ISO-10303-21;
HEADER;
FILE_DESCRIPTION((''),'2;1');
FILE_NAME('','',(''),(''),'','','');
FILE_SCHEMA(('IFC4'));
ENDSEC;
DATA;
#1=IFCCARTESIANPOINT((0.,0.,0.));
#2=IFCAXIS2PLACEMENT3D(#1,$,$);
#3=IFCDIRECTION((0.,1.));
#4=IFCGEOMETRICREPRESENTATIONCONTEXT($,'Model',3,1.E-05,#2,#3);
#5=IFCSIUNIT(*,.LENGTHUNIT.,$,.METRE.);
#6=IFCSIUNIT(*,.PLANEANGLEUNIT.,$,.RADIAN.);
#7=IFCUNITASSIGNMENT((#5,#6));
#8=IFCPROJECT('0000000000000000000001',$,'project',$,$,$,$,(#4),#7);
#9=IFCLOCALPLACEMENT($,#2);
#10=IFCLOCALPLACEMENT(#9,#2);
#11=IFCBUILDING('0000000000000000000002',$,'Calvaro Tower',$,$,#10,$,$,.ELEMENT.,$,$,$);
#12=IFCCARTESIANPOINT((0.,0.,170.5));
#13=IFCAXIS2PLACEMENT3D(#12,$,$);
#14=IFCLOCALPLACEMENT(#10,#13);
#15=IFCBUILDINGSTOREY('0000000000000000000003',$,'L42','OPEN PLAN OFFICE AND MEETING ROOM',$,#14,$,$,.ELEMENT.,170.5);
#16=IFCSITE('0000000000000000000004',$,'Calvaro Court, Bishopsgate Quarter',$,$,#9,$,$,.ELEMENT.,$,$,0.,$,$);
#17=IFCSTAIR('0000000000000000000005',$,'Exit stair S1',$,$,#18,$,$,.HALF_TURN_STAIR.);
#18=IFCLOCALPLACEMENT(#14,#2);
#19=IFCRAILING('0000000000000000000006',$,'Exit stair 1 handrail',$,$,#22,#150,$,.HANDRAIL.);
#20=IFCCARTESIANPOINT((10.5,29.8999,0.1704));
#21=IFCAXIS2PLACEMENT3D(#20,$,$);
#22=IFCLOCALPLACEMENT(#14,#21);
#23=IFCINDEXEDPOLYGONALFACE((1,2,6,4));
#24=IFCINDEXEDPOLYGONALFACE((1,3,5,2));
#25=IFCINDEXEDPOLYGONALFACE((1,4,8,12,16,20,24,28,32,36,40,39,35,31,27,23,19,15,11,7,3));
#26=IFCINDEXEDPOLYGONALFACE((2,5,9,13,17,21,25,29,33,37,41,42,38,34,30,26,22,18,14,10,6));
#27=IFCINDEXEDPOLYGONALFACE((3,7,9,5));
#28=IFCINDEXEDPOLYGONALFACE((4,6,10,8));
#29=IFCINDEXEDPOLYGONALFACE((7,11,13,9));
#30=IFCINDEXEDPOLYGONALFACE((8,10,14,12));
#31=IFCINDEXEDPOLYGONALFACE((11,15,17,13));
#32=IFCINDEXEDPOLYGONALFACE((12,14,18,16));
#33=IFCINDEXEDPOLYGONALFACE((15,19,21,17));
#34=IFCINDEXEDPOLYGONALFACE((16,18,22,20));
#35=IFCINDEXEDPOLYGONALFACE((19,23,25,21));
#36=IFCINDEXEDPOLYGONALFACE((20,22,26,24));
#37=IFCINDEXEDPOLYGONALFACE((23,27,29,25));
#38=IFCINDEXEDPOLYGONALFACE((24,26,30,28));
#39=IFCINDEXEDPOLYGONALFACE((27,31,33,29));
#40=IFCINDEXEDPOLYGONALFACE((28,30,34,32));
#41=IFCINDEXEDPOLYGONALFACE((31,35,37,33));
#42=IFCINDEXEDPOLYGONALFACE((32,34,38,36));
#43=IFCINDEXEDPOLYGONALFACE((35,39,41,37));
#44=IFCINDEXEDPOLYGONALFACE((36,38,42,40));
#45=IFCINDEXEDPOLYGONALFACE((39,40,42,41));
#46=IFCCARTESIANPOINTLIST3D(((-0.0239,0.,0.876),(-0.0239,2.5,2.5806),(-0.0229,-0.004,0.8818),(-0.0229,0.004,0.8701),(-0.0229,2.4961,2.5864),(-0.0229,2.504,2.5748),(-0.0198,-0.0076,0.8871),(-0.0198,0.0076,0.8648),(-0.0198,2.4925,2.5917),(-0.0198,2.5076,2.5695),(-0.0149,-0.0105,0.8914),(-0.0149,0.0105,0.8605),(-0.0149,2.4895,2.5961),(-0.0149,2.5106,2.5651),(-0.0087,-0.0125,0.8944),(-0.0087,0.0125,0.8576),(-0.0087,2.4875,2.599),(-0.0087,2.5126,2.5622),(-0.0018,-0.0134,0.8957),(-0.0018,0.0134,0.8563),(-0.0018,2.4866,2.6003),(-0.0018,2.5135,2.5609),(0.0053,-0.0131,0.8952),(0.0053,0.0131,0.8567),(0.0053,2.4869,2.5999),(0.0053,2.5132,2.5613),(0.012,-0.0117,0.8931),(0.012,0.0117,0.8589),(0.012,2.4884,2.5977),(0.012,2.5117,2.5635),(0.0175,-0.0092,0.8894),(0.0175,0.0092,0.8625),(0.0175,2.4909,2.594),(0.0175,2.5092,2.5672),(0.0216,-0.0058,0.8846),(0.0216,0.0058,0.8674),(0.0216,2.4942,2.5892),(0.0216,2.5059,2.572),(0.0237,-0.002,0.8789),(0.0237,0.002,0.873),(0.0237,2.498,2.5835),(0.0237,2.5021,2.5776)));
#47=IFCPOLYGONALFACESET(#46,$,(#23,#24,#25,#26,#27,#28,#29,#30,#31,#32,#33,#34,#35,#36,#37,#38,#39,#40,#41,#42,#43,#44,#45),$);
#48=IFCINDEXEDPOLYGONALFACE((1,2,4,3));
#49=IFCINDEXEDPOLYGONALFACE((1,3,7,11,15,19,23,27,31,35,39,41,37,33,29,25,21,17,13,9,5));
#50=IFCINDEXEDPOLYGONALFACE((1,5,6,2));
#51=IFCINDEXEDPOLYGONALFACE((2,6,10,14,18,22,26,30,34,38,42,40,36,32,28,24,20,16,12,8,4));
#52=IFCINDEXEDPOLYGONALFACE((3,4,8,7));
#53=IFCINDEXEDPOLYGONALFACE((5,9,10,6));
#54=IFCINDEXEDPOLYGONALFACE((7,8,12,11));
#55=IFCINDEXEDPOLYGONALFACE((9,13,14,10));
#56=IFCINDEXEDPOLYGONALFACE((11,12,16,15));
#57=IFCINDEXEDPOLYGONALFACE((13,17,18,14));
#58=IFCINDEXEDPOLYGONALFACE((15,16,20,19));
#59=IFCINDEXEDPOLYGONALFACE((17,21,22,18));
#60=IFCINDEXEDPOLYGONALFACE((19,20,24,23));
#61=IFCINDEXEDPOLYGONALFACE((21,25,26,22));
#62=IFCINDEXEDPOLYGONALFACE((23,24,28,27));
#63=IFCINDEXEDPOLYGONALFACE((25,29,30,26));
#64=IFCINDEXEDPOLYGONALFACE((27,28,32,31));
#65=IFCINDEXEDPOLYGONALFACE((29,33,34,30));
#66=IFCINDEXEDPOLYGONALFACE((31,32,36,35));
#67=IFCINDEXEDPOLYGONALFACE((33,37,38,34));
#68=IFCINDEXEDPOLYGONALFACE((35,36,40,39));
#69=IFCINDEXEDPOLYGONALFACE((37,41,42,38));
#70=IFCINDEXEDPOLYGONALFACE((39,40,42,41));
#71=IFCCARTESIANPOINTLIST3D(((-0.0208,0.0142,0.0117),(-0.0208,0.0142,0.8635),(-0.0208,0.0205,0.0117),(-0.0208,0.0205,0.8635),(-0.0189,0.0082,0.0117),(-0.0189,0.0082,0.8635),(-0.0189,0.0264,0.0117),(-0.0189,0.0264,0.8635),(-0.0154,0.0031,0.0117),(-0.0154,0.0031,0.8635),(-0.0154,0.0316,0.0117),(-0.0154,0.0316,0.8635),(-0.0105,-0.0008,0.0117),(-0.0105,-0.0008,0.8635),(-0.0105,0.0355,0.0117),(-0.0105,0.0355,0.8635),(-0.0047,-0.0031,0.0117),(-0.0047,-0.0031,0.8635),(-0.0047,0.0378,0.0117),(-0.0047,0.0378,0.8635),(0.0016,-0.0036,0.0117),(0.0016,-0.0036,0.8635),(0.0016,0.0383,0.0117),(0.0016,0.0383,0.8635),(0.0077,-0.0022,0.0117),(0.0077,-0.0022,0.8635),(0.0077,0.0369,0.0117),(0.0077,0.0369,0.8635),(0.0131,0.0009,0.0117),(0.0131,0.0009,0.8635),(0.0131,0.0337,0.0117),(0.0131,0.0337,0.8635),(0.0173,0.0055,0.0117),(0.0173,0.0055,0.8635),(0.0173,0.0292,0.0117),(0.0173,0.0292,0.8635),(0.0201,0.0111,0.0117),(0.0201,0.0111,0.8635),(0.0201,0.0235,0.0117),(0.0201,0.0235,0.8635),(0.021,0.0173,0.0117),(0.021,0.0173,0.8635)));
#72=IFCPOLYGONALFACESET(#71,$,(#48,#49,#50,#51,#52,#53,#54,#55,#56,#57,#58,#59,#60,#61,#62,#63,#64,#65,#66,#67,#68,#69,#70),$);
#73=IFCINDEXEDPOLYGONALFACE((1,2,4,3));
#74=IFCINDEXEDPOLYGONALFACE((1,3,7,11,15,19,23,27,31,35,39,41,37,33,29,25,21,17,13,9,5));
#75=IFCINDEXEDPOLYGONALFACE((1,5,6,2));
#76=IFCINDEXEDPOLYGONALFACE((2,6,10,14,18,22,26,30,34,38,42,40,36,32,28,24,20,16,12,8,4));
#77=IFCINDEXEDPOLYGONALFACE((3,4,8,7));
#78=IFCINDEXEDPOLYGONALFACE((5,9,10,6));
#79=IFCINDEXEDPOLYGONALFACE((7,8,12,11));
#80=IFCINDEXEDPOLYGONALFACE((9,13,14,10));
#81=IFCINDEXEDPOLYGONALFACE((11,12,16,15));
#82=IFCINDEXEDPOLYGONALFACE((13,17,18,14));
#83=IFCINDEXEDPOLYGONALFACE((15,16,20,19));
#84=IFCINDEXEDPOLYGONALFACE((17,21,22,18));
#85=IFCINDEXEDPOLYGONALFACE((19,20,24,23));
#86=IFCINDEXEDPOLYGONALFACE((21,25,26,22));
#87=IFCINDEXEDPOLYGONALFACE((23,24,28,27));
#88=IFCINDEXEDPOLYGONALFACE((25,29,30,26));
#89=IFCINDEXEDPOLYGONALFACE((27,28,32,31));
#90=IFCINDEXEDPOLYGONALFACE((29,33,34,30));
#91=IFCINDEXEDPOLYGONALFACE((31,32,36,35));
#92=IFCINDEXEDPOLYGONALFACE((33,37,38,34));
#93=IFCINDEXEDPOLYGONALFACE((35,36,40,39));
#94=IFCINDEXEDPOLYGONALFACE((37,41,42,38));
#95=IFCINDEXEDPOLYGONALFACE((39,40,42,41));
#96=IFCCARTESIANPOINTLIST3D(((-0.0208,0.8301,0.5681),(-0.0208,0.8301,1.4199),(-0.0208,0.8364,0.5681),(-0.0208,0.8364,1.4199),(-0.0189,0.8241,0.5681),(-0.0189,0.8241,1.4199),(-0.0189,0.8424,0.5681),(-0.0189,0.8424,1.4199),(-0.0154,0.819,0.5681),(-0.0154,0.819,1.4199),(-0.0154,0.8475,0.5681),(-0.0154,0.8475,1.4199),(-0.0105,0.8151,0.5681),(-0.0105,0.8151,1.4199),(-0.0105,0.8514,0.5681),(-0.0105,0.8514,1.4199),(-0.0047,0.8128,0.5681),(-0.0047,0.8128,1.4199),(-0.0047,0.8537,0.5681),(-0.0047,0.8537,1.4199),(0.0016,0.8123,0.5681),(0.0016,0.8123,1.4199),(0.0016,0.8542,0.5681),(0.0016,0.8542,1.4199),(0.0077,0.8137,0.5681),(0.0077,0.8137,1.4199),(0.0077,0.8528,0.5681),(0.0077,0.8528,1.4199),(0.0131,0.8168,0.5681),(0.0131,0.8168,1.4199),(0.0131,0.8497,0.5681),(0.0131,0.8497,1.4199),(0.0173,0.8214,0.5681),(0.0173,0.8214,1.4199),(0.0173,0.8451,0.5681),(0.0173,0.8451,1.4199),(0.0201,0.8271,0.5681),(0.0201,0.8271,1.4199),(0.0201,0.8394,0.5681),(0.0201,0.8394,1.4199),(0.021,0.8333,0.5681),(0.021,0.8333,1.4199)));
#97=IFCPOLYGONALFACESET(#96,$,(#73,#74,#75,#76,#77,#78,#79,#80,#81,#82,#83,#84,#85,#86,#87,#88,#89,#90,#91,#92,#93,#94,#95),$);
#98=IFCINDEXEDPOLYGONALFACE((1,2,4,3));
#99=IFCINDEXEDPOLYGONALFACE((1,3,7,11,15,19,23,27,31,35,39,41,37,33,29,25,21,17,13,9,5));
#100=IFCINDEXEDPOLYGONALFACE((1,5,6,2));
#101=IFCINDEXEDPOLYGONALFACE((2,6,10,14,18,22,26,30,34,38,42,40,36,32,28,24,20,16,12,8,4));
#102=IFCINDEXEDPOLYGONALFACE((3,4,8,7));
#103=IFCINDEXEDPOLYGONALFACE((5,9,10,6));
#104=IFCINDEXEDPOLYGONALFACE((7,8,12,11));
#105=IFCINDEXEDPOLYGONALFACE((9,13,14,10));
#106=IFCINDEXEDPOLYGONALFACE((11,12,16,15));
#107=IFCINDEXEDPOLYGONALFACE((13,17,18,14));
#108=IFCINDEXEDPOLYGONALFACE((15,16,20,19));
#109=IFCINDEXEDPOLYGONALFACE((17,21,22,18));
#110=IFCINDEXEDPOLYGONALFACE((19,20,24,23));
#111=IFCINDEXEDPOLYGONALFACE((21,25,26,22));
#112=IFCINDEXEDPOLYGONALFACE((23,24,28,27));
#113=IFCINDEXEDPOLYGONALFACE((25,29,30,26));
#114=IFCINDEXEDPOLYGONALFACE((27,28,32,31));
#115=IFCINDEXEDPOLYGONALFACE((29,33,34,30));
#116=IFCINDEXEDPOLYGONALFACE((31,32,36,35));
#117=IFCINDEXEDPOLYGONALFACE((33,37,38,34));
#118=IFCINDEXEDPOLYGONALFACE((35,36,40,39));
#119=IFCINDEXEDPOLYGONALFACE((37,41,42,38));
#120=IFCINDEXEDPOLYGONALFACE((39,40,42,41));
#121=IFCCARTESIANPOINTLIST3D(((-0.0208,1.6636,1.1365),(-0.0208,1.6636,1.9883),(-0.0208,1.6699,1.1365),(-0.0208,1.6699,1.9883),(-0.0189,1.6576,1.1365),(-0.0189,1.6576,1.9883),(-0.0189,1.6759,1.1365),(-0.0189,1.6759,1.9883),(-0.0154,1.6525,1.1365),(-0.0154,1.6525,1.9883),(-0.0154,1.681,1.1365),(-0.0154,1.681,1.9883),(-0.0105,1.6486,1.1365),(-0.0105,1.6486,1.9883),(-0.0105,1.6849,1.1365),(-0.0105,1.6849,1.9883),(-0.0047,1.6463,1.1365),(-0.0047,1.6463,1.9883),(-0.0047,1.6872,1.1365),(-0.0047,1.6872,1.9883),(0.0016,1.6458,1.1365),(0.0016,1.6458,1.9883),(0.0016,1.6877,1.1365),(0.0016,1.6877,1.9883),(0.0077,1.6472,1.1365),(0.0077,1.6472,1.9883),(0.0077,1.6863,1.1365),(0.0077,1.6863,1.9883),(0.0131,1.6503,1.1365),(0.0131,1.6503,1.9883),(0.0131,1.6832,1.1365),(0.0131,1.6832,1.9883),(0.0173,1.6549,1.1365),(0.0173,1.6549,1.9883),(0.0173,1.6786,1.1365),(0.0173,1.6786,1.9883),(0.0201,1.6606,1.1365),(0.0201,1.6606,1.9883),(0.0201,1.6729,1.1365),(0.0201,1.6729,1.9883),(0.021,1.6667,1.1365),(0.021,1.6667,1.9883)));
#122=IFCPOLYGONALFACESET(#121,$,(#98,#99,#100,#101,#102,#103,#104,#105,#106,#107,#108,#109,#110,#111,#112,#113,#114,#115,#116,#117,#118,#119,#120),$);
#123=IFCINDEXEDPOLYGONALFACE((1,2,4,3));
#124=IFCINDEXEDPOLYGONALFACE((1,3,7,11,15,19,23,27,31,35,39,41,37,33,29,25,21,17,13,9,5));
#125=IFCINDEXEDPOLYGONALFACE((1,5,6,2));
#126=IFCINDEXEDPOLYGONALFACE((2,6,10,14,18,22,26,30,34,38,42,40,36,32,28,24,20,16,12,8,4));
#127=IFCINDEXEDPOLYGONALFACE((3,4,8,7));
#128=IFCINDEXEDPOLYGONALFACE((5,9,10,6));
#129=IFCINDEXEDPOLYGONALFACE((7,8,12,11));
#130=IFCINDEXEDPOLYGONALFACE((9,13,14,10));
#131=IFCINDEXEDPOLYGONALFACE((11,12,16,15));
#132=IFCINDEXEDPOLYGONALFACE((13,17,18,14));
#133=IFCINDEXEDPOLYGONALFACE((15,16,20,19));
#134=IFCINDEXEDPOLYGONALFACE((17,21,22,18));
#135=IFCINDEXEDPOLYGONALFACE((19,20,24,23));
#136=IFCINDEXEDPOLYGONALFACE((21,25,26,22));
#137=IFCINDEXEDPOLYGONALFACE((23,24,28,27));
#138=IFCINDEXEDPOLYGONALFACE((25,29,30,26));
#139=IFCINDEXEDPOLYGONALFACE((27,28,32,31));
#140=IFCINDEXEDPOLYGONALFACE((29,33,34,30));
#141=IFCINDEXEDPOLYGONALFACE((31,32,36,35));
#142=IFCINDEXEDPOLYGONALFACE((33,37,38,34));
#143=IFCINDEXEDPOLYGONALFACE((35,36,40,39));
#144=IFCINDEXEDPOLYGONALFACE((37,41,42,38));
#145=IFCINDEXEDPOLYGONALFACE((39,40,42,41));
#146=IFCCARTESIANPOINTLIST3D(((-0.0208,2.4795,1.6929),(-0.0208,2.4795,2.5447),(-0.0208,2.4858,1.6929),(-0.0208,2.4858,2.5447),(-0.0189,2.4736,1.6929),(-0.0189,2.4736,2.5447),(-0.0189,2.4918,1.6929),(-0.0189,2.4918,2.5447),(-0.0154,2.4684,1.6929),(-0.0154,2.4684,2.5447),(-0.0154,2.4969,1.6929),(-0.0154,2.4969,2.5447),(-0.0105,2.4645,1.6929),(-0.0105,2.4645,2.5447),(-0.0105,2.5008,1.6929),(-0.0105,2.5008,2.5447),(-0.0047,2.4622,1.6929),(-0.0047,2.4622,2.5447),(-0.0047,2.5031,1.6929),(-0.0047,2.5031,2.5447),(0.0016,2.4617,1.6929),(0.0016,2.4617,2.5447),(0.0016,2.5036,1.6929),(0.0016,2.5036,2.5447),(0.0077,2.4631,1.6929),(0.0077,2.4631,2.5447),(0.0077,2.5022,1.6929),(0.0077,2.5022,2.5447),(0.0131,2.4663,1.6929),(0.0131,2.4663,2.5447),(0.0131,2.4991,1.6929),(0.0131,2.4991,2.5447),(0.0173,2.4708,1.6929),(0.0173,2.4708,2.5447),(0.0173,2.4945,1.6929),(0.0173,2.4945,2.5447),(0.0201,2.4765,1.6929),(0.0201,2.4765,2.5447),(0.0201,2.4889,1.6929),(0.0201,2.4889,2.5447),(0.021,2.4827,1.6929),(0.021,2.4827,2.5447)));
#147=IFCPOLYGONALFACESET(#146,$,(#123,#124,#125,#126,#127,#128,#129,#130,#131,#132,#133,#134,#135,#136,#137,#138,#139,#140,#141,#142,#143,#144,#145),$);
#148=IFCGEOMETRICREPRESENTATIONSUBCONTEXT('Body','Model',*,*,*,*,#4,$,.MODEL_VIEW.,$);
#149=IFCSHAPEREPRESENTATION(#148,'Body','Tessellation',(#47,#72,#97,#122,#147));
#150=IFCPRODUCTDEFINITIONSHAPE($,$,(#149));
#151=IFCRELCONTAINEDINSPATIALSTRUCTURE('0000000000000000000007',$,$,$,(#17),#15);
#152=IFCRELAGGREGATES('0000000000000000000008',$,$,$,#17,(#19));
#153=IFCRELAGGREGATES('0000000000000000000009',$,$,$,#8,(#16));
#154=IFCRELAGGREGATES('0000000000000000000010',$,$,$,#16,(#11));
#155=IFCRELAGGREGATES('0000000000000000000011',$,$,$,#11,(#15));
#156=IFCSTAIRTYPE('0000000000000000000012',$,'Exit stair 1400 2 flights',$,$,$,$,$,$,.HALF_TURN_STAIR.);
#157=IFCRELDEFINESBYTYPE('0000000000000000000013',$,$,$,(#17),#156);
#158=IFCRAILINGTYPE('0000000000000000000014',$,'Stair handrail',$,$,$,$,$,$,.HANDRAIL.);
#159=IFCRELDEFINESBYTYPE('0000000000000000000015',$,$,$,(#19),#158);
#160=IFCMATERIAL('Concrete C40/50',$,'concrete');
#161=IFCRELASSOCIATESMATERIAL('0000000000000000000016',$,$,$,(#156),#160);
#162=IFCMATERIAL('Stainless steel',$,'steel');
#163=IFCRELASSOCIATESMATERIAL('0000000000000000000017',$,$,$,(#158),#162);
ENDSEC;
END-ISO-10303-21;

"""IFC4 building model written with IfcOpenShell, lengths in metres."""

from ifc_helpers import new_model, si_unit, direction, frame, origin, origin_2d, place, context, subcontext, project, spatial, circle, extrude, material, type_object, element, aggregate, save


model = new_model("IFC4")

# Units and contexts
model_context = context("Model", 3, precision=1e-05, world=origin(), true_north=direction((0.0, 1.0)))
body_context = subcontext(model_context, "Body", "Model", "MODEL_VIEW")
ifc_project = project(units=[si_unit("LENGTHUNIT", "METRE"), si_unit("PLANEANGLEUNIT", "RADIAN")], contexts=[model_context])

# Site, building, storey
site_placement = place(None, origin())
site = spatial("IfcSite", under=ifc_project, at=site_placement, Name="Calvaro Court, Bishopsgate Quarter", CompositionType="ELEMENT", RefElevation=0.0)
building_placement = place(site_placement, origin())
building = spatial("IfcBuilding", under=site, at=building_placement, Name="Calvaro Tower", CompositionType="ELEMENT")
storey_placement = place(building_placement, frame((0.0, 0.0, 170.5)))
storey = spatial("IfcBuildingStorey", under=building, at=storey_placement, Name="L42", Description="OPEN PLAN OFFICE AND MEETING ROOM", CompositionType="ELEMENT", Elevation=170.5)

# Stair, railing
ifc_material_1 = material(Name="Concrete C40/50", Category="concrete")
stair_type = type_object("IfcStairType", Name="Exit stair 1400 2 flights", PredefinedType="HALF_TURN_STAIR", material=ifc_material_1)
stair_placement = place(storey_placement, origin())
stair = element("IfcStair", 1, at=stair_placement, inside=storey, type_object=stair_type, Name="Exit stair S1", PredefinedType="HALF_TURN_STAIR")
ifc_material_2 = material(Name="Stainless steel", Category="steel")
railing_type = type_object("IfcRailingType", Name="Stair handrail", PredefinedType="HANDRAIL", material=ifc_material_2)
railing_1_placement = place(storey_placement, frame((10.5, 29.8999, 0.1704)))
railing_1 = element("IfcRailing", 2, at=railing_1_placement, type_object=railing_type, Name="Exit stair 1 handrail", PredefinedType="HANDRAIL", context=body_context, shape_type="SweptSolid", body=[
    extrude(circle(Radius=0.0239, at=origin_2d()), frame((0.0, 0.0, 0.876), z_axis=(0.0, 0.826221, 0.563347), x_axis=(-1.0, 0.0, 0.0)), (0.0, 0.0, 1.0), 3.0259),
    extrude(circle(Radius=0.021, at=origin_2d()), frame((0.0, 0.0173, 0.0117)), (0.0, 0.0, 1.0), 0.8518),
    extrude(circle(Radius=0.021, at=origin_2d()), frame((0.0, 0.8333, 0.5681)), (0.0, 0.0, 1.0), 0.8518),
    extrude(circle(Radius=0.021, at=origin_2d()), frame((0.0, 1.6667, 1.1365)), (0.0, 0.0, 1.0), 0.8518),
    extrude(circle(Radius=0.021, at=origin_2d()), frame((0.0, 2.4827, 1.6929)), (0.0, 0.0, 1.0), 0.8518),
])
aggregate(stair, [railing_1])

save(model, "model.ifc")
